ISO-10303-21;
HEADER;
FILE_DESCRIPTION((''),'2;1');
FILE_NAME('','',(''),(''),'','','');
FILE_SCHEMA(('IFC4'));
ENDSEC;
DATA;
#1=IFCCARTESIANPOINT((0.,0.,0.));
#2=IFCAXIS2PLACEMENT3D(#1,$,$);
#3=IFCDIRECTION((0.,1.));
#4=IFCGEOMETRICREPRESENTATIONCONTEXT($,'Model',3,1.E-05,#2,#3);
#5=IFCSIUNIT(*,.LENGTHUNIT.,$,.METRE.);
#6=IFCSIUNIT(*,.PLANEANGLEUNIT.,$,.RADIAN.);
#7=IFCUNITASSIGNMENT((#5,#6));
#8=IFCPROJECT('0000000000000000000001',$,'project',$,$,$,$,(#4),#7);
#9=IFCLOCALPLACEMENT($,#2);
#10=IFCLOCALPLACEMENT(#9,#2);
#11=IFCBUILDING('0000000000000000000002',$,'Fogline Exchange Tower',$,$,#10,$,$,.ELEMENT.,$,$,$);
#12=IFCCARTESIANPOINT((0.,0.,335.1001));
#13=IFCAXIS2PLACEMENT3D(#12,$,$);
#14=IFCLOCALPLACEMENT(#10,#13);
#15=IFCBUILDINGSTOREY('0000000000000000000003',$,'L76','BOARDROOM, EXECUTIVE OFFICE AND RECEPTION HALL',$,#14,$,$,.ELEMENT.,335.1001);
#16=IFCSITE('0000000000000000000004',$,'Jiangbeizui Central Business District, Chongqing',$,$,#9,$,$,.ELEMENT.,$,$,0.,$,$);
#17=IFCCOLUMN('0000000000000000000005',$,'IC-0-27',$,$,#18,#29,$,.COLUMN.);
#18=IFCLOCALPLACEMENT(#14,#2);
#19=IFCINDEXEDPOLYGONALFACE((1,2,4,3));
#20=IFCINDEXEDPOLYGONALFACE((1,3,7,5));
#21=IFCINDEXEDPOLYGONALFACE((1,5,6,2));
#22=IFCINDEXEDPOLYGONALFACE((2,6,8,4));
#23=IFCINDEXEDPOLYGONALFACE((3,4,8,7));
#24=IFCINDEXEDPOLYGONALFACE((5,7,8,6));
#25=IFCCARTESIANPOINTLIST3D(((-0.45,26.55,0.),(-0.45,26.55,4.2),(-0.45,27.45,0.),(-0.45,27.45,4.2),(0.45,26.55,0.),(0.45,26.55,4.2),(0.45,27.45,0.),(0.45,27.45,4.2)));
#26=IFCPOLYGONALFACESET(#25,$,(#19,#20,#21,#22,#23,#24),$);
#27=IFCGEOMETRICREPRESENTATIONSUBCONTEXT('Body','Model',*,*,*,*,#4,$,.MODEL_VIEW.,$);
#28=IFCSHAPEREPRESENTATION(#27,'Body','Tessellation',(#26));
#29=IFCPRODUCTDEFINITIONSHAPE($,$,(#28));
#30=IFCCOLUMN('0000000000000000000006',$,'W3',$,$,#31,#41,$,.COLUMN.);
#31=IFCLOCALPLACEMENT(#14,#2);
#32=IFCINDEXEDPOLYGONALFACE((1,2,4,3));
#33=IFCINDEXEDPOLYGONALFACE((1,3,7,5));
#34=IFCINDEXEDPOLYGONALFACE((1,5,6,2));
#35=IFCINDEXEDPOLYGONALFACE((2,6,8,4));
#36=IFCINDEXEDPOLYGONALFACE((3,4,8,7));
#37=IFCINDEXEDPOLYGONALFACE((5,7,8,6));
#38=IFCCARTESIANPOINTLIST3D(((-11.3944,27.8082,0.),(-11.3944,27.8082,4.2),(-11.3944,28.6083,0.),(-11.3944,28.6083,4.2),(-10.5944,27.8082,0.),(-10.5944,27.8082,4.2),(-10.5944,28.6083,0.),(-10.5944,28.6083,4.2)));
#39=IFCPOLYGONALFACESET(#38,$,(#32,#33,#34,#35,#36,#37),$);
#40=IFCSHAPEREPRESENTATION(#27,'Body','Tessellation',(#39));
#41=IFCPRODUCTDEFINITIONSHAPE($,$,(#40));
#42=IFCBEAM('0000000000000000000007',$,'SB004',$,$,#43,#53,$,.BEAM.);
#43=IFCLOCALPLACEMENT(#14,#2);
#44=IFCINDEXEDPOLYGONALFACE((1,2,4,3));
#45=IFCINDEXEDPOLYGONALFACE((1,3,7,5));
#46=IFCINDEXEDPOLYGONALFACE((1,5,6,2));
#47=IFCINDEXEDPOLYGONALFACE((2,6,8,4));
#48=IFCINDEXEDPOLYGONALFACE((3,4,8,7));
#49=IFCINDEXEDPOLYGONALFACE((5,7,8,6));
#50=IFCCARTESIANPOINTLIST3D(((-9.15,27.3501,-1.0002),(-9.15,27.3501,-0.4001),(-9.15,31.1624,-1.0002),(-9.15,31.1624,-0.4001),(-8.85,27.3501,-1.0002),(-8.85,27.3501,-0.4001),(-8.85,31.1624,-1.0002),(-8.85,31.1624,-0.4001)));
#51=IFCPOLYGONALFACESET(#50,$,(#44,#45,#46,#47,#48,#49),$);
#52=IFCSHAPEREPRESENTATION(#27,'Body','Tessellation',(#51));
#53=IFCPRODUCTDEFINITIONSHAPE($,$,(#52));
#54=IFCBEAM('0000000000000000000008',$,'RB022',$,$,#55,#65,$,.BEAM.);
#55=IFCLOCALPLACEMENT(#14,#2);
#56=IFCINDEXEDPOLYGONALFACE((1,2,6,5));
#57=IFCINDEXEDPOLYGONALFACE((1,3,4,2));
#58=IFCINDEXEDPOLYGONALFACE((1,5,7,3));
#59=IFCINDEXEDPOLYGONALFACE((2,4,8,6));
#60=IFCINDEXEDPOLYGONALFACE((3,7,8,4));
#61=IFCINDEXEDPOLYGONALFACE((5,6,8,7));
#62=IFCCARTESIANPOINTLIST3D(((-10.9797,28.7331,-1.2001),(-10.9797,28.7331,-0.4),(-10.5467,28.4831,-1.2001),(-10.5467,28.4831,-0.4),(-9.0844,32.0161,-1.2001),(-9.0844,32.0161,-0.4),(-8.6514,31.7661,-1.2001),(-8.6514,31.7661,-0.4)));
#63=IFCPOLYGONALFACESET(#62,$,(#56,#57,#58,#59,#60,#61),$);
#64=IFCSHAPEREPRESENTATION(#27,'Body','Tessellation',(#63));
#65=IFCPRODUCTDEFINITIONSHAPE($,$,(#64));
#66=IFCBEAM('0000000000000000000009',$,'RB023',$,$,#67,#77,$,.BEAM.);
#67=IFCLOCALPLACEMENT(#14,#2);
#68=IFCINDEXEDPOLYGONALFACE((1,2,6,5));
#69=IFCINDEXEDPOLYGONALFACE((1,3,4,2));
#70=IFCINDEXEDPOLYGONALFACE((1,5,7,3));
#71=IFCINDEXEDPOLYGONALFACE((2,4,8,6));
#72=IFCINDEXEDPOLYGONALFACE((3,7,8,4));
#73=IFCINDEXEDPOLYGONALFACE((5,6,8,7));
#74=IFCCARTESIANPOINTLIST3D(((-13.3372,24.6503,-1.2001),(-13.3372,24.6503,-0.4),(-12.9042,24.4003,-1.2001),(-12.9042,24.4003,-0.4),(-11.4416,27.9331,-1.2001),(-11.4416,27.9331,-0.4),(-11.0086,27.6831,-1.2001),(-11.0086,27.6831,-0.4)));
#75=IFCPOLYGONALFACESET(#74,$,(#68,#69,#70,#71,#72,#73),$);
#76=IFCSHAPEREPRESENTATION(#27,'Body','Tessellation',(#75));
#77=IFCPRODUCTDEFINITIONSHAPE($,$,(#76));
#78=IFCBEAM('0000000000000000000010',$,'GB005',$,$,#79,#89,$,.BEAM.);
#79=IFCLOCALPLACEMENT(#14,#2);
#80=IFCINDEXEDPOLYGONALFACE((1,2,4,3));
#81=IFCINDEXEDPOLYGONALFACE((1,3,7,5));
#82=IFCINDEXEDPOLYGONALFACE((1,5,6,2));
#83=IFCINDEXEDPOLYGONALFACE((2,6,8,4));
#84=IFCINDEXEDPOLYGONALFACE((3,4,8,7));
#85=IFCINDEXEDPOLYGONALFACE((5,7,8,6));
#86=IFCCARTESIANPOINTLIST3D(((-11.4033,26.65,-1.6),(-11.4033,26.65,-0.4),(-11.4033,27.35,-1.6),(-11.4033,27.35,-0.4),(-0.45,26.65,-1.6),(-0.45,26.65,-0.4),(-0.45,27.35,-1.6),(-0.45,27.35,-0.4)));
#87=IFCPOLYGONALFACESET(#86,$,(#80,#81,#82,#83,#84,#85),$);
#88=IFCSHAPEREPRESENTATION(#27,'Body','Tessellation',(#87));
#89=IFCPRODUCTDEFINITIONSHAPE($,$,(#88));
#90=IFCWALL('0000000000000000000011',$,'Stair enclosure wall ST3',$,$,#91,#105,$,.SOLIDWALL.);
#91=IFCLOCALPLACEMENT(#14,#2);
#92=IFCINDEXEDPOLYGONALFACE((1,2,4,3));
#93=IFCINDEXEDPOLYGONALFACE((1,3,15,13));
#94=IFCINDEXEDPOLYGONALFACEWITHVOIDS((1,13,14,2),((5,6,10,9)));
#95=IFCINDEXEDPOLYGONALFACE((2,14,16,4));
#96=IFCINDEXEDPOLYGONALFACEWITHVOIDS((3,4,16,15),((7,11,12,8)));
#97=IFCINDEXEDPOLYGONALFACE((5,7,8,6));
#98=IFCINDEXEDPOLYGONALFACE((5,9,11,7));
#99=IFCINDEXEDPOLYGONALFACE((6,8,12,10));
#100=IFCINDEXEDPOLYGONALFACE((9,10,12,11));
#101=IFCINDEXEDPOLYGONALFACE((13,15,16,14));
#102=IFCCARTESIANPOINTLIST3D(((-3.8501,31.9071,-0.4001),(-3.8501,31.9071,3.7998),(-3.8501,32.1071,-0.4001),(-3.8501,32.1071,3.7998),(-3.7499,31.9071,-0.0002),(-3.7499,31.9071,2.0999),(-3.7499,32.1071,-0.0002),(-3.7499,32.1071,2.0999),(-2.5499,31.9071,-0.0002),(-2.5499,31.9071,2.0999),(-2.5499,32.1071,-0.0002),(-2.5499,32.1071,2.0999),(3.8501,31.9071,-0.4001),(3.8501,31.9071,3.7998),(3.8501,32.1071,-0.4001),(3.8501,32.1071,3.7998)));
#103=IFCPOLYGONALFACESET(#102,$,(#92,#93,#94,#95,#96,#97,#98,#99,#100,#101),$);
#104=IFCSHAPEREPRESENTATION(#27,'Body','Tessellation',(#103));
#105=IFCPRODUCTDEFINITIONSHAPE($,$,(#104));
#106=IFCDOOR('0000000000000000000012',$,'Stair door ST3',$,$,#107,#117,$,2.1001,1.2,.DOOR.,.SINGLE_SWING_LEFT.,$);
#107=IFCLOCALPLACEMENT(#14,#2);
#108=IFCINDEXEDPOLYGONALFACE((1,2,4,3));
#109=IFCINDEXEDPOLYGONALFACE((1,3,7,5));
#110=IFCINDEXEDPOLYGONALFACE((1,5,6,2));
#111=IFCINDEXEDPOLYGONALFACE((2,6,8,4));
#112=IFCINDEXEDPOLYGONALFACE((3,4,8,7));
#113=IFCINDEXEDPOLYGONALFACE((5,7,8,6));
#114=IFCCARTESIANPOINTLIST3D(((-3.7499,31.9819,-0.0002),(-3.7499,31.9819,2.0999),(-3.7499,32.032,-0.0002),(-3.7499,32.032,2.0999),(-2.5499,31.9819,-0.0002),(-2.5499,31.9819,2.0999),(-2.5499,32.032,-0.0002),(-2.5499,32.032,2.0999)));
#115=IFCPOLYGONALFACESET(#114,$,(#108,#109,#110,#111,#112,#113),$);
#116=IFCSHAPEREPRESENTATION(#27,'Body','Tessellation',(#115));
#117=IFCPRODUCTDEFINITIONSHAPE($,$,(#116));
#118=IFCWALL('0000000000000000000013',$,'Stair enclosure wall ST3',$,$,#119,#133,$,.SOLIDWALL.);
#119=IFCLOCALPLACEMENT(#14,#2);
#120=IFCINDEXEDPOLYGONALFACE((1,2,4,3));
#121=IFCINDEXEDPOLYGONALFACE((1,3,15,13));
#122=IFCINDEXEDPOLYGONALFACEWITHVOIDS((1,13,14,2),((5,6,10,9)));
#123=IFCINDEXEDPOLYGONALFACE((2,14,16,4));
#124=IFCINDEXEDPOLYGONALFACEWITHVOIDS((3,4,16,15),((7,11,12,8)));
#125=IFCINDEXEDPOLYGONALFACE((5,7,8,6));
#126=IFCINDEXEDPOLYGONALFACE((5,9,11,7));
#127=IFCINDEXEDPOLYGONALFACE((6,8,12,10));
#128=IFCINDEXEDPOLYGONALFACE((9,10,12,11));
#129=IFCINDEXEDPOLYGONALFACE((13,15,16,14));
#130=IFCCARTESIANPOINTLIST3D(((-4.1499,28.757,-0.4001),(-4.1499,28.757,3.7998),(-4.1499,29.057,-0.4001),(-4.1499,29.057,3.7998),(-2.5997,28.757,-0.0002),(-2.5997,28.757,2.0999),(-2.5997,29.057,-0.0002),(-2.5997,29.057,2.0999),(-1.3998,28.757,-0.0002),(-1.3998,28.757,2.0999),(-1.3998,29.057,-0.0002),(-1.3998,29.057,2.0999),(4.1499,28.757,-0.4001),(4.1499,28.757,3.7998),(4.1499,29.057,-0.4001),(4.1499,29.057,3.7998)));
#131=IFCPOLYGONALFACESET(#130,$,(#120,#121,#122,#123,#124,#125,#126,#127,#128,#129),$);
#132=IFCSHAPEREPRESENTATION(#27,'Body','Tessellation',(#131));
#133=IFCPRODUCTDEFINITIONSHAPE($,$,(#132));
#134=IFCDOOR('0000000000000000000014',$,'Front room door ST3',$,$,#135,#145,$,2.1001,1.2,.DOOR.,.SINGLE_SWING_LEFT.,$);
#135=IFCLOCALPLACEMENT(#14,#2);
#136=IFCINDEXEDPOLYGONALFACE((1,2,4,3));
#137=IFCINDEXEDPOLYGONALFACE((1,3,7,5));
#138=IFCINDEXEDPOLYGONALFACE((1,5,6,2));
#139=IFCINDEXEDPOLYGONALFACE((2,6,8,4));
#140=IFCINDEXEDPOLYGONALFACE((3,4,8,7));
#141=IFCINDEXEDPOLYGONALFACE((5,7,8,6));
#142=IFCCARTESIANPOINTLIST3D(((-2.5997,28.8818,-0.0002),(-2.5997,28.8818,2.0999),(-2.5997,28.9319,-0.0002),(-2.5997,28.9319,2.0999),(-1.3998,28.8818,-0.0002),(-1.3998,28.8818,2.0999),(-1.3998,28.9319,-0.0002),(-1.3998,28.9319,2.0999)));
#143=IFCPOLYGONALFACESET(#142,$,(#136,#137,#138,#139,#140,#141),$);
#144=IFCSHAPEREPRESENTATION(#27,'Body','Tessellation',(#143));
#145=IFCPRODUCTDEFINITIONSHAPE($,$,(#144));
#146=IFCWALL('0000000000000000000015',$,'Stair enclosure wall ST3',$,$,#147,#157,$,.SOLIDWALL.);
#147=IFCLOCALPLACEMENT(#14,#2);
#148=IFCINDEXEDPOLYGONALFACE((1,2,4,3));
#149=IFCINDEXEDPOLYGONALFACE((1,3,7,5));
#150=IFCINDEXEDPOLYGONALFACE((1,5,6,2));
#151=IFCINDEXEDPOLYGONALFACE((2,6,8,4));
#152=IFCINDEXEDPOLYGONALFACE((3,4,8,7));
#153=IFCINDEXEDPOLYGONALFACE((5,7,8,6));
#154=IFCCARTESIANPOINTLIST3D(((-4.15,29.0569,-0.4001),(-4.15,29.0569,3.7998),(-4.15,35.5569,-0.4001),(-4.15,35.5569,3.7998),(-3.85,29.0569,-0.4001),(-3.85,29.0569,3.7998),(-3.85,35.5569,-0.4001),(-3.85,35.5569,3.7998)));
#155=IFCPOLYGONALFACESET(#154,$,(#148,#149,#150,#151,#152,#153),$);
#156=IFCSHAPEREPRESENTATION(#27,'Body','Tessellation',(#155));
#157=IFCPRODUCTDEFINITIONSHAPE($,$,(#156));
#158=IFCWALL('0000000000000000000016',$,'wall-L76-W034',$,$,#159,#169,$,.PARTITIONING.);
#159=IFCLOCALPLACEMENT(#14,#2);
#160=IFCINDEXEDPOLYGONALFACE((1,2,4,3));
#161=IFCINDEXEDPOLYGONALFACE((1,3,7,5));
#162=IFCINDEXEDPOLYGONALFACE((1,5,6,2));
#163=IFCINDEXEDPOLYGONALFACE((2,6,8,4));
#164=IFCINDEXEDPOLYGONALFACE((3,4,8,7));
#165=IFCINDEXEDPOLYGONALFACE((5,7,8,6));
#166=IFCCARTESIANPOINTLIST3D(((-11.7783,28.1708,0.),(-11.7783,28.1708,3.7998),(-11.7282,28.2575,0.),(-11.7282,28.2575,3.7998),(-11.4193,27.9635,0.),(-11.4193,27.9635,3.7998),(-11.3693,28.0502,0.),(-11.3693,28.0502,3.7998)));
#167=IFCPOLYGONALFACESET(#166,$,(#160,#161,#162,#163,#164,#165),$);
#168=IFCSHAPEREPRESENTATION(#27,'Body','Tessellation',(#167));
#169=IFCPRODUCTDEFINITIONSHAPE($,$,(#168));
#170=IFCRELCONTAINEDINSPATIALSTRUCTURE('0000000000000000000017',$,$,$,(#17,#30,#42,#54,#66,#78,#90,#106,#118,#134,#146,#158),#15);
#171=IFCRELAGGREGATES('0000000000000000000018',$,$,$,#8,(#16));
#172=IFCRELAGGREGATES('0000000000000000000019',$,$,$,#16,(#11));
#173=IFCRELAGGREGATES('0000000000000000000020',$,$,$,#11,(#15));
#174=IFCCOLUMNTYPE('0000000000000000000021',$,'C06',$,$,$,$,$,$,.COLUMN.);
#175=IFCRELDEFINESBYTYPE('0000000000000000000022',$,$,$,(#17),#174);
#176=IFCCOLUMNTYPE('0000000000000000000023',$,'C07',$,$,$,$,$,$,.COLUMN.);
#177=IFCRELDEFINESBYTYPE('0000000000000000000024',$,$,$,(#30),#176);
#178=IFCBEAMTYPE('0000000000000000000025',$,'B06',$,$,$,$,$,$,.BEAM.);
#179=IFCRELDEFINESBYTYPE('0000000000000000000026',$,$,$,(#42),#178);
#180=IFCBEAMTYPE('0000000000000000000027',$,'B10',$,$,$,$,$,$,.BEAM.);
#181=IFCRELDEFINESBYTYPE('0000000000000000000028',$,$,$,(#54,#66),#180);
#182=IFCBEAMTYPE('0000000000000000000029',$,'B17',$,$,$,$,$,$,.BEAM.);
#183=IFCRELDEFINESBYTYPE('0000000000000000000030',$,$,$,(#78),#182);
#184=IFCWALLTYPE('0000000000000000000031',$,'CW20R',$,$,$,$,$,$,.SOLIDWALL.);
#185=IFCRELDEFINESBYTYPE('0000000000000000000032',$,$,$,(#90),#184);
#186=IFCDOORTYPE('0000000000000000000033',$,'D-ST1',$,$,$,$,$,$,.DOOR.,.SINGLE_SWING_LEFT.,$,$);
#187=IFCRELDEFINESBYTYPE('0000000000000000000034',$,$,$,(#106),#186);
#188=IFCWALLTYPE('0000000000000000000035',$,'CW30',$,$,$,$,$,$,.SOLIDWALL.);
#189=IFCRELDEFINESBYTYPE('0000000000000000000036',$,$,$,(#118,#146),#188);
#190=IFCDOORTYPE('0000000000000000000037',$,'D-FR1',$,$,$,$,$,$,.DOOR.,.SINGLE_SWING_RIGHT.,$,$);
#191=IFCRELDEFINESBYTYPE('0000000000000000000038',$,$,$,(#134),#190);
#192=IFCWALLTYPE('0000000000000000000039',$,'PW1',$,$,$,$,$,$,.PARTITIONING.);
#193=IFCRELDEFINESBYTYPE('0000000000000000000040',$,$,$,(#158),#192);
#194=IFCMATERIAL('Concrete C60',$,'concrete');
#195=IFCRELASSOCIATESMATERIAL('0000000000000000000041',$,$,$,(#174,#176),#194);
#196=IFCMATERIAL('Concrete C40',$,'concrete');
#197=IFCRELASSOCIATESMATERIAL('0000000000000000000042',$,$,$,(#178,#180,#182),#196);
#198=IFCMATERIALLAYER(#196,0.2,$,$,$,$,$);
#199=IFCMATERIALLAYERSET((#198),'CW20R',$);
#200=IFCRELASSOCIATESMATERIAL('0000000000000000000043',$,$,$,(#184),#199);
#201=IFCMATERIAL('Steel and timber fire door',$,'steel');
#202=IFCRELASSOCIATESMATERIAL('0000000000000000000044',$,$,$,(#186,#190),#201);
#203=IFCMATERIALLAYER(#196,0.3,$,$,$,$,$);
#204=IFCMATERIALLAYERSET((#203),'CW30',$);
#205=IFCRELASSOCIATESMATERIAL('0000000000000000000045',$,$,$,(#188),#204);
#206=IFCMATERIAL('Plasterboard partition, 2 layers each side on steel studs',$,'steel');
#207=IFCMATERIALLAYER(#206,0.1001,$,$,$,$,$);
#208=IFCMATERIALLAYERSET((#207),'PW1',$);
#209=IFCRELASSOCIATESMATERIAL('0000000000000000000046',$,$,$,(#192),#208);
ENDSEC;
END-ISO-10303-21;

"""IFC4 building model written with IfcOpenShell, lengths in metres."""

from ifc_helpers import new_model, si_unit, direction, frame, frame_2d, origin, origin_2d, place, context, subcontext, project, spatial, rectangle, extrude, material, layer, layer_set, material_profile, profile_set, type_object, element, fill, save


model = new_model("IFC4")

# Units and contexts
model_context = context("Model", 3, precision=1e-05, world=origin(), true_north=direction((0.0, 1.0)))
body_context = subcontext(model_context, "Body", "Model", "MODEL_VIEW")
ifc_project = project(units=[si_unit("LENGTHUNIT", "METRE"), si_unit("PLANEANGLEUNIT", "RADIAN")], contexts=[model_context])

# Site, building, storey
site_placement = place(None, origin())
site = spatial("IfcSite", under=ifc_project, at=site_placement, Name="Jiangbeizui Central Business District, Chongqing", CompositionType="ELEMENT", RefElevation=0.0)
building_placement = place(site_placement, origin())
building = spatial("IfcBuilding", under=site, at=building_placement, Name="Fogline Exchange Tower", CompositionType="ELEMENT")
storey_placement = place(building_placement, frame((0.0, 0.0, 335.1001)))
storey = spatial("IfcBuildingStorey", under=building, at=storey_placement, Name="L76", Description="BOARDROOM, EXECUTIVE OFFICE AND RECEPTION HALL", CompositionType="ELEMENT", Elevation=335.1001)

# Columns
ifc_material_1 = material(Name="Concrete C60", Category="concrete")
ifc_material_profile_1 = material_profile(ifc_material_1, rectangle(XDim=0.8999, YDim=0.8999, at=origin_2d()), Name="RC 900x900")
ifc_profile_set_1 = profile_set([ifc_material_profile_1], Name="Concrete C60")
column_type_1 = type_object("IfcColumnType", Name="C06", PredefinedType="COLUMN", material=ifc_profile_set_1)
column_1_placement = place(storey_placement, frame((0.0, 27.0, 0.0), z_axis=(0.0, 0.0, 1.0), x_axis=(1.0, 0.0, 0.0)))
element("IfcColumn", 1, at=column_1_placement, inside=storey, type_object=column_type_1, Name="IC-0-27", PredefinedType="COLUMN", context=body_context, shape_type="SweptSolid", body=[
    extrude(rectangle(XDim=0.8999, YDim=0.8999, at=origin_2d()), origin(), (0.0, 0.0, 1.0), 4.2),
])
ifc_material_profile_2 = material_profile(ifc_material_1, rectangle(XDim=0.8, YDim=0.8, at=origin_2d()), Name="RC 800x800")
ifc_profile_set_2 = profile_set([ifc_material_profile_2], Name="Concrete C60")
column_type_2 = type_object("IfcColumnType", Name="C07", PredefinedType="COLUMN", material=ifc_profile_set_2)
column_2_placement = place(storey_placement, frame((-10.9944, 28.2083, 0.0), z_axis=(0.0, 0.0, 1.0), x_axis=(1.0, 0.0, 0.0)))
element("IfcColumn", 2, at=column_2_placement, inside=storey, type_object=column_type_2, Name="W3", PredefinedType="COLUMN", context=body_context, shape_type="SweptSolid", body=[
    extrude(rectangle(XDim=0.8, YDim=0.8, at=origin_2d()), origin(), (0.0, 0.0, 1.0), 4.2),
])

# Beams
ifc_material_2 = material(Name="Concrete C40", Category="concrete")
ifc_material_profile_3 = material_profile(ifc_material_2, rectangle(XDim=0.3, YDim=0.6001, at=origin_2d()), Name="RC 300x600")
ifc_profile_set_3 = profile_set([ifc_material_profile_3], Name="Concrete C40")
beam_type_1 = type_object("IfcBeamType", Name="B06", PredefinedType="BEAM", material=ifc_profile_set_3)
beam_1_placement = place(storey_placement, frame((-9.0, 27.3501, -0.7002), z_axis=(0.0, 1.0, 0.0), x_axis=(-1.0, 0.0, 0.0)))
element("IfcBeam", 3, at=beam_1_placement, inside=storey, type_object=beam_type_1, Name="SB004", PredefinedType="BEAM", context=body_context, shape_type="SweptSolid", body=[
    extrude(rectangle(XDim=0.3, YDim=0.6001, at=origin_2d()), origin(), (0.0, 0.0, 1.0), 3.8123),
])
ifc_material_profile_4 = material_profile(ifc_material_2, rectangle(XDim=0.5, YDim=0.8, at=origin_2d()), Name="RC 500x800")
ifc_profile_set_4 = profile_set([ifc_material_profile_4], Name="Concrete C40")
beam_type_2 = type_object("IfcBeamType", Name="B10", PredefinedType="BEAM", material=ifc_profile_set_4)
for number, where, z_axis, x_axis, name in (
    (4, (-8.8679, 31.8911, -0.8), (-0.49997, -0.866043, 0.0), (0.866043, -0.49997, 0.0), "RB022"),
    (5, (-11.2251, 27.8081, -0.8), (-0.500046, -0.865999, 0.0), (0.865999, -0.500046, 0.0), "RB023"),
):
    element("IfcBeam", number, at=place(storey_placement, frame(where, z_axis=z_axis, x_axis=x_axis)), inside=storey, type_object=beam_type_2, Name=name, PredefinedType="BEAM", context=body_context, shape_type="SweptSolid", body=[
        extrude(rectangle(XDim=0.5, YDim=0.8, at=origin_2d()), origin(), (0.0, 0.0, 1.0), 3.7908),
    ])
ifc_material_profile_5 = material_profile(ifc_material_2, rectangle(XDim=0.7, YDim=1.2, at=origin_2d()), Name="RC 700x1200")
ifc_profile_set_5 = profile_set([ifc_material_profile_5], Name="Concrete C40")
beam_type_3 = type_object("IfcBeamType", Name="B17", PredefinedType="BEAM", material=ifc_profile_set_5)
beam_2_placement = place(storey_placement, frame((-11.4033, 27.0, -1.0), z_axis=(1.0, 0.0, 0.0), x_axis=(0.0, 1.0, 0.0)))
element("IfcBeam", 6, at=beam_2_placement, inside=storey, type_object=beam_type_3, Name="GB005", PredefinedType="BEAM", context=body_context, shape_type="SweptSolid", body=[
    extrude(rectangle(XDim=0.7, YDim=1.2, at=origin_2d()), origin(), (0.0, 0.0, 1.0), 10.9534),
])

# Walls, openings, doors
ifc_layer_1 = layer(ifc_material_2, 0.2)
ifc_layer_set_1 = layer_set([ifc_layer_1], Name="CW20R")
wall_type_1 = type_object("IfcWallType", Name="CW20R", PredefinedType="SOLIDWALL", material=ifc_layer_set_1)
wall_1_placement = place(storey_placement, frame((-3.8501, 32.0071, -0.4001), z_axis=(0.0, 0.0, 1.0), x_axis=(1.0, 0.0, 0.0)))
wall_1 = element("IfcWall", 7, at=wall_1_placement, inside=storey, type_object=wall_type_1, Name="Stair enclosure wall ST3", PredefinedType="SOLIDWALL", context=body_context, shape_type="SweptSolid", body=[
    extrude(rectangle(XDim=7.7002, YDim=0.2, at=frame_2d((3.8501, 0.0))), origin(), (0.0, 0.0, 1.0), 4.2),
])
opening_1_placement = place(wall_1_placement, frame((0.1001, 0.0, 0.3999)))
opening_1 = element("IfcOpeningElement", 8, at=opening_1_placement, cuts=wall_1, PredefinedType="OPENING", context=body_context, shape_type="SweptSolid", body=[
    extrude(rectangle(XDim=1.2, YDim=2.1001, at=frame_2d((0.6001, 1.05))), frame((0.0, 0.1099, 0.0), z_axis=(0.0, -1.0, 0.0), x_axis=(1.0, 0.0, 0.0)), (0.0, 0.0, 1.0), 0.22),
])
ifc_material_3 = material(Name="Steel and timber fire door", Category="steel")
door_type_1 = type_object("IfcDoorType", Name="D-ST1", OperationType="SINGLE_SWING_LEFT", PredefinedType="DOOR", material=ifc_material_3)
door_1_placement = place(opening_1_placement, origin())
door_1 = element("IfcDoor", 9, at=door_1_placement, inside=storey, type_object=door_type_1, Name="Stair door ST3", OperationType="SINGLE_SWING_LEFT", OverallHeight=2.1001, OverallWidth=1.2, PredefinedType="DOOR", context=body_context, shape_type="SweptSolid", body=[
    extrude(rectangle(XDim=1.2, YDim=2.1001, at=frame_2d((0.6001, 1.05))), frame((0.0, 0.0249, 0.0), z_axis=(0.0, -1.0, 0.0), x_axis=(1.0, 0.0, 0.0)), (0.0, 0.0, 1.0), 0.05),
])
fill(opening_1, door_1)
ifc_layer_2 = layer(ifc_material_2, 0.3)
ifc_layer_set_2 = layer_set([ifc_layer_2], Name="CW30")
wall_type_2 = type_object("IfcWallType", Name="CW30", PredefinedType="SOLIDWALL", material=ifc_layer_set_2)
wall_2_placement = place(storey_placement, frame((-4.1499, 28.907, -0.4001), z_axis=(0.0, 0.0, 1.0), x_axis=(1.0, 0.0, 0.0)))
wall_2 = element("IfcWall", 10, at=wall_2_placement, inside=storey, type_object=wall_type_2, Name="Stair enclosure wall ST3", PredefinedType="SOLIDWALL", context=body_context, shape_type="SweptSolid", body=[
    extrude(rectangle(XDim=8.2998, YDim=0.3, at=frame_2d((4.1499, 0.0))), origin(), (0.0, 0.0, 1.0), 4.2),
])
opening_2_placement = place(wall_2_placement, frame((1.55, 0.0, 0.3999)))
opening_2 = element("IfcOpeningElement", 11, at=opening_2_placement, cuts=wall_2, PredefinedType="OPENING", context=body_context, shape_type="SweptSolid", body=[
    extrude(rectangle(XDim=1.2, YDim=2.1001, at=frame_2d((0.6001, 1.05))), frame((0.0, 0.1602, 0.0), z_axis=(0.0, -1.0, 0.0), x_axis=(1.0, 0.0, 0.0)), (0.0, 0.0, 1.0), 0.3201),
])
door_type_2 = type_object("IfcDoorType", Name="D-FR1", OperationType="SINGLE_SWING_RIGHT", PredefinedType="DOOR", material=ifc_material_3)
door_2_placement = place(opening_2_placement, origin())
door_2 = element("IfcDoor", 12, at=door_2_placement, inside=storey, type_object=door_type_2, Name="Front room door ST3", OperationType="SINGLE_SWING_LEFT", OverallHeight=2.1001, OverallWidth=1.2, PredefinedType="DOOR", context=body_context, shape_type="SweptSolid", body=[
    extrude(rectangle(XDim=1.2, YDim=2.1001, at=frame_2d((0.6001, 1.05))), frame((0.0, 0.0249, 0.0), z_axis=(0.0, -1.0, 0.0), x_axis=(1.0, 0.0, 0.0)), (0.0, 0.0, 1.0), 0.05),
])
fill(opening_2, door_2)

# Walls
wall_3_placement = place(storey_placement, frame((-4.0, 29.0569, -0.4001), z_axis=(0.0, 0.0, 1.0), x_axis=(0.0, 1.0, 0.0)))
element("IfcWall", 13, at=wall_3_placement, inside=storey, type_object=wall_type_2, Name="Stair enclosure wall ST3", PredefinedType="SOLIDWALL", context=body_context, shape_type="SweptSolid", body=[
    extrude(rectangle(XDim=6.5, YDim=0.3, at=frame_2d((3.25, 0.0))), origin(), (0.0, 0.0, 1.0), 4.2),
])
ifc_material_4 = material(Name="Plasterboard partition, 2 layers each side on steel studs", Category="steel")
ifc_layer_3 = layer(ifc_material_4, 0.1001)
ifc_layer_set_3 = layer_set([ifc_layer_3], Name="PW1")
wall_type_3 = type_object("IfcWallType", Name="PW1", PredefinedType="PARTITIONING", material=ifc_layer_set_3)
wall_4_placement = place(storey_placement, frame((-11.3943, 28.0068, 0.0), z_axis=(0.0, 0.0, 1.0), x_axis=(-0.86595, 0.50013, 0.0)))
element("IfcWall", 14, at=wall_4_placement, inside=storey, type_object=wall_type_3, Name="wall-L76-W034", PredefinedType="PARTITIONING", context=body_context, shape_type="SweptSolid", body=[
    extrude(rectangle(XDim=0.4146, YDim=0.1001, at=frame_2d((0.2073, 0.0))), origin(), (0.0, 0.0, 1.0), 3.7998),
])

save(model, "model.ifc")
